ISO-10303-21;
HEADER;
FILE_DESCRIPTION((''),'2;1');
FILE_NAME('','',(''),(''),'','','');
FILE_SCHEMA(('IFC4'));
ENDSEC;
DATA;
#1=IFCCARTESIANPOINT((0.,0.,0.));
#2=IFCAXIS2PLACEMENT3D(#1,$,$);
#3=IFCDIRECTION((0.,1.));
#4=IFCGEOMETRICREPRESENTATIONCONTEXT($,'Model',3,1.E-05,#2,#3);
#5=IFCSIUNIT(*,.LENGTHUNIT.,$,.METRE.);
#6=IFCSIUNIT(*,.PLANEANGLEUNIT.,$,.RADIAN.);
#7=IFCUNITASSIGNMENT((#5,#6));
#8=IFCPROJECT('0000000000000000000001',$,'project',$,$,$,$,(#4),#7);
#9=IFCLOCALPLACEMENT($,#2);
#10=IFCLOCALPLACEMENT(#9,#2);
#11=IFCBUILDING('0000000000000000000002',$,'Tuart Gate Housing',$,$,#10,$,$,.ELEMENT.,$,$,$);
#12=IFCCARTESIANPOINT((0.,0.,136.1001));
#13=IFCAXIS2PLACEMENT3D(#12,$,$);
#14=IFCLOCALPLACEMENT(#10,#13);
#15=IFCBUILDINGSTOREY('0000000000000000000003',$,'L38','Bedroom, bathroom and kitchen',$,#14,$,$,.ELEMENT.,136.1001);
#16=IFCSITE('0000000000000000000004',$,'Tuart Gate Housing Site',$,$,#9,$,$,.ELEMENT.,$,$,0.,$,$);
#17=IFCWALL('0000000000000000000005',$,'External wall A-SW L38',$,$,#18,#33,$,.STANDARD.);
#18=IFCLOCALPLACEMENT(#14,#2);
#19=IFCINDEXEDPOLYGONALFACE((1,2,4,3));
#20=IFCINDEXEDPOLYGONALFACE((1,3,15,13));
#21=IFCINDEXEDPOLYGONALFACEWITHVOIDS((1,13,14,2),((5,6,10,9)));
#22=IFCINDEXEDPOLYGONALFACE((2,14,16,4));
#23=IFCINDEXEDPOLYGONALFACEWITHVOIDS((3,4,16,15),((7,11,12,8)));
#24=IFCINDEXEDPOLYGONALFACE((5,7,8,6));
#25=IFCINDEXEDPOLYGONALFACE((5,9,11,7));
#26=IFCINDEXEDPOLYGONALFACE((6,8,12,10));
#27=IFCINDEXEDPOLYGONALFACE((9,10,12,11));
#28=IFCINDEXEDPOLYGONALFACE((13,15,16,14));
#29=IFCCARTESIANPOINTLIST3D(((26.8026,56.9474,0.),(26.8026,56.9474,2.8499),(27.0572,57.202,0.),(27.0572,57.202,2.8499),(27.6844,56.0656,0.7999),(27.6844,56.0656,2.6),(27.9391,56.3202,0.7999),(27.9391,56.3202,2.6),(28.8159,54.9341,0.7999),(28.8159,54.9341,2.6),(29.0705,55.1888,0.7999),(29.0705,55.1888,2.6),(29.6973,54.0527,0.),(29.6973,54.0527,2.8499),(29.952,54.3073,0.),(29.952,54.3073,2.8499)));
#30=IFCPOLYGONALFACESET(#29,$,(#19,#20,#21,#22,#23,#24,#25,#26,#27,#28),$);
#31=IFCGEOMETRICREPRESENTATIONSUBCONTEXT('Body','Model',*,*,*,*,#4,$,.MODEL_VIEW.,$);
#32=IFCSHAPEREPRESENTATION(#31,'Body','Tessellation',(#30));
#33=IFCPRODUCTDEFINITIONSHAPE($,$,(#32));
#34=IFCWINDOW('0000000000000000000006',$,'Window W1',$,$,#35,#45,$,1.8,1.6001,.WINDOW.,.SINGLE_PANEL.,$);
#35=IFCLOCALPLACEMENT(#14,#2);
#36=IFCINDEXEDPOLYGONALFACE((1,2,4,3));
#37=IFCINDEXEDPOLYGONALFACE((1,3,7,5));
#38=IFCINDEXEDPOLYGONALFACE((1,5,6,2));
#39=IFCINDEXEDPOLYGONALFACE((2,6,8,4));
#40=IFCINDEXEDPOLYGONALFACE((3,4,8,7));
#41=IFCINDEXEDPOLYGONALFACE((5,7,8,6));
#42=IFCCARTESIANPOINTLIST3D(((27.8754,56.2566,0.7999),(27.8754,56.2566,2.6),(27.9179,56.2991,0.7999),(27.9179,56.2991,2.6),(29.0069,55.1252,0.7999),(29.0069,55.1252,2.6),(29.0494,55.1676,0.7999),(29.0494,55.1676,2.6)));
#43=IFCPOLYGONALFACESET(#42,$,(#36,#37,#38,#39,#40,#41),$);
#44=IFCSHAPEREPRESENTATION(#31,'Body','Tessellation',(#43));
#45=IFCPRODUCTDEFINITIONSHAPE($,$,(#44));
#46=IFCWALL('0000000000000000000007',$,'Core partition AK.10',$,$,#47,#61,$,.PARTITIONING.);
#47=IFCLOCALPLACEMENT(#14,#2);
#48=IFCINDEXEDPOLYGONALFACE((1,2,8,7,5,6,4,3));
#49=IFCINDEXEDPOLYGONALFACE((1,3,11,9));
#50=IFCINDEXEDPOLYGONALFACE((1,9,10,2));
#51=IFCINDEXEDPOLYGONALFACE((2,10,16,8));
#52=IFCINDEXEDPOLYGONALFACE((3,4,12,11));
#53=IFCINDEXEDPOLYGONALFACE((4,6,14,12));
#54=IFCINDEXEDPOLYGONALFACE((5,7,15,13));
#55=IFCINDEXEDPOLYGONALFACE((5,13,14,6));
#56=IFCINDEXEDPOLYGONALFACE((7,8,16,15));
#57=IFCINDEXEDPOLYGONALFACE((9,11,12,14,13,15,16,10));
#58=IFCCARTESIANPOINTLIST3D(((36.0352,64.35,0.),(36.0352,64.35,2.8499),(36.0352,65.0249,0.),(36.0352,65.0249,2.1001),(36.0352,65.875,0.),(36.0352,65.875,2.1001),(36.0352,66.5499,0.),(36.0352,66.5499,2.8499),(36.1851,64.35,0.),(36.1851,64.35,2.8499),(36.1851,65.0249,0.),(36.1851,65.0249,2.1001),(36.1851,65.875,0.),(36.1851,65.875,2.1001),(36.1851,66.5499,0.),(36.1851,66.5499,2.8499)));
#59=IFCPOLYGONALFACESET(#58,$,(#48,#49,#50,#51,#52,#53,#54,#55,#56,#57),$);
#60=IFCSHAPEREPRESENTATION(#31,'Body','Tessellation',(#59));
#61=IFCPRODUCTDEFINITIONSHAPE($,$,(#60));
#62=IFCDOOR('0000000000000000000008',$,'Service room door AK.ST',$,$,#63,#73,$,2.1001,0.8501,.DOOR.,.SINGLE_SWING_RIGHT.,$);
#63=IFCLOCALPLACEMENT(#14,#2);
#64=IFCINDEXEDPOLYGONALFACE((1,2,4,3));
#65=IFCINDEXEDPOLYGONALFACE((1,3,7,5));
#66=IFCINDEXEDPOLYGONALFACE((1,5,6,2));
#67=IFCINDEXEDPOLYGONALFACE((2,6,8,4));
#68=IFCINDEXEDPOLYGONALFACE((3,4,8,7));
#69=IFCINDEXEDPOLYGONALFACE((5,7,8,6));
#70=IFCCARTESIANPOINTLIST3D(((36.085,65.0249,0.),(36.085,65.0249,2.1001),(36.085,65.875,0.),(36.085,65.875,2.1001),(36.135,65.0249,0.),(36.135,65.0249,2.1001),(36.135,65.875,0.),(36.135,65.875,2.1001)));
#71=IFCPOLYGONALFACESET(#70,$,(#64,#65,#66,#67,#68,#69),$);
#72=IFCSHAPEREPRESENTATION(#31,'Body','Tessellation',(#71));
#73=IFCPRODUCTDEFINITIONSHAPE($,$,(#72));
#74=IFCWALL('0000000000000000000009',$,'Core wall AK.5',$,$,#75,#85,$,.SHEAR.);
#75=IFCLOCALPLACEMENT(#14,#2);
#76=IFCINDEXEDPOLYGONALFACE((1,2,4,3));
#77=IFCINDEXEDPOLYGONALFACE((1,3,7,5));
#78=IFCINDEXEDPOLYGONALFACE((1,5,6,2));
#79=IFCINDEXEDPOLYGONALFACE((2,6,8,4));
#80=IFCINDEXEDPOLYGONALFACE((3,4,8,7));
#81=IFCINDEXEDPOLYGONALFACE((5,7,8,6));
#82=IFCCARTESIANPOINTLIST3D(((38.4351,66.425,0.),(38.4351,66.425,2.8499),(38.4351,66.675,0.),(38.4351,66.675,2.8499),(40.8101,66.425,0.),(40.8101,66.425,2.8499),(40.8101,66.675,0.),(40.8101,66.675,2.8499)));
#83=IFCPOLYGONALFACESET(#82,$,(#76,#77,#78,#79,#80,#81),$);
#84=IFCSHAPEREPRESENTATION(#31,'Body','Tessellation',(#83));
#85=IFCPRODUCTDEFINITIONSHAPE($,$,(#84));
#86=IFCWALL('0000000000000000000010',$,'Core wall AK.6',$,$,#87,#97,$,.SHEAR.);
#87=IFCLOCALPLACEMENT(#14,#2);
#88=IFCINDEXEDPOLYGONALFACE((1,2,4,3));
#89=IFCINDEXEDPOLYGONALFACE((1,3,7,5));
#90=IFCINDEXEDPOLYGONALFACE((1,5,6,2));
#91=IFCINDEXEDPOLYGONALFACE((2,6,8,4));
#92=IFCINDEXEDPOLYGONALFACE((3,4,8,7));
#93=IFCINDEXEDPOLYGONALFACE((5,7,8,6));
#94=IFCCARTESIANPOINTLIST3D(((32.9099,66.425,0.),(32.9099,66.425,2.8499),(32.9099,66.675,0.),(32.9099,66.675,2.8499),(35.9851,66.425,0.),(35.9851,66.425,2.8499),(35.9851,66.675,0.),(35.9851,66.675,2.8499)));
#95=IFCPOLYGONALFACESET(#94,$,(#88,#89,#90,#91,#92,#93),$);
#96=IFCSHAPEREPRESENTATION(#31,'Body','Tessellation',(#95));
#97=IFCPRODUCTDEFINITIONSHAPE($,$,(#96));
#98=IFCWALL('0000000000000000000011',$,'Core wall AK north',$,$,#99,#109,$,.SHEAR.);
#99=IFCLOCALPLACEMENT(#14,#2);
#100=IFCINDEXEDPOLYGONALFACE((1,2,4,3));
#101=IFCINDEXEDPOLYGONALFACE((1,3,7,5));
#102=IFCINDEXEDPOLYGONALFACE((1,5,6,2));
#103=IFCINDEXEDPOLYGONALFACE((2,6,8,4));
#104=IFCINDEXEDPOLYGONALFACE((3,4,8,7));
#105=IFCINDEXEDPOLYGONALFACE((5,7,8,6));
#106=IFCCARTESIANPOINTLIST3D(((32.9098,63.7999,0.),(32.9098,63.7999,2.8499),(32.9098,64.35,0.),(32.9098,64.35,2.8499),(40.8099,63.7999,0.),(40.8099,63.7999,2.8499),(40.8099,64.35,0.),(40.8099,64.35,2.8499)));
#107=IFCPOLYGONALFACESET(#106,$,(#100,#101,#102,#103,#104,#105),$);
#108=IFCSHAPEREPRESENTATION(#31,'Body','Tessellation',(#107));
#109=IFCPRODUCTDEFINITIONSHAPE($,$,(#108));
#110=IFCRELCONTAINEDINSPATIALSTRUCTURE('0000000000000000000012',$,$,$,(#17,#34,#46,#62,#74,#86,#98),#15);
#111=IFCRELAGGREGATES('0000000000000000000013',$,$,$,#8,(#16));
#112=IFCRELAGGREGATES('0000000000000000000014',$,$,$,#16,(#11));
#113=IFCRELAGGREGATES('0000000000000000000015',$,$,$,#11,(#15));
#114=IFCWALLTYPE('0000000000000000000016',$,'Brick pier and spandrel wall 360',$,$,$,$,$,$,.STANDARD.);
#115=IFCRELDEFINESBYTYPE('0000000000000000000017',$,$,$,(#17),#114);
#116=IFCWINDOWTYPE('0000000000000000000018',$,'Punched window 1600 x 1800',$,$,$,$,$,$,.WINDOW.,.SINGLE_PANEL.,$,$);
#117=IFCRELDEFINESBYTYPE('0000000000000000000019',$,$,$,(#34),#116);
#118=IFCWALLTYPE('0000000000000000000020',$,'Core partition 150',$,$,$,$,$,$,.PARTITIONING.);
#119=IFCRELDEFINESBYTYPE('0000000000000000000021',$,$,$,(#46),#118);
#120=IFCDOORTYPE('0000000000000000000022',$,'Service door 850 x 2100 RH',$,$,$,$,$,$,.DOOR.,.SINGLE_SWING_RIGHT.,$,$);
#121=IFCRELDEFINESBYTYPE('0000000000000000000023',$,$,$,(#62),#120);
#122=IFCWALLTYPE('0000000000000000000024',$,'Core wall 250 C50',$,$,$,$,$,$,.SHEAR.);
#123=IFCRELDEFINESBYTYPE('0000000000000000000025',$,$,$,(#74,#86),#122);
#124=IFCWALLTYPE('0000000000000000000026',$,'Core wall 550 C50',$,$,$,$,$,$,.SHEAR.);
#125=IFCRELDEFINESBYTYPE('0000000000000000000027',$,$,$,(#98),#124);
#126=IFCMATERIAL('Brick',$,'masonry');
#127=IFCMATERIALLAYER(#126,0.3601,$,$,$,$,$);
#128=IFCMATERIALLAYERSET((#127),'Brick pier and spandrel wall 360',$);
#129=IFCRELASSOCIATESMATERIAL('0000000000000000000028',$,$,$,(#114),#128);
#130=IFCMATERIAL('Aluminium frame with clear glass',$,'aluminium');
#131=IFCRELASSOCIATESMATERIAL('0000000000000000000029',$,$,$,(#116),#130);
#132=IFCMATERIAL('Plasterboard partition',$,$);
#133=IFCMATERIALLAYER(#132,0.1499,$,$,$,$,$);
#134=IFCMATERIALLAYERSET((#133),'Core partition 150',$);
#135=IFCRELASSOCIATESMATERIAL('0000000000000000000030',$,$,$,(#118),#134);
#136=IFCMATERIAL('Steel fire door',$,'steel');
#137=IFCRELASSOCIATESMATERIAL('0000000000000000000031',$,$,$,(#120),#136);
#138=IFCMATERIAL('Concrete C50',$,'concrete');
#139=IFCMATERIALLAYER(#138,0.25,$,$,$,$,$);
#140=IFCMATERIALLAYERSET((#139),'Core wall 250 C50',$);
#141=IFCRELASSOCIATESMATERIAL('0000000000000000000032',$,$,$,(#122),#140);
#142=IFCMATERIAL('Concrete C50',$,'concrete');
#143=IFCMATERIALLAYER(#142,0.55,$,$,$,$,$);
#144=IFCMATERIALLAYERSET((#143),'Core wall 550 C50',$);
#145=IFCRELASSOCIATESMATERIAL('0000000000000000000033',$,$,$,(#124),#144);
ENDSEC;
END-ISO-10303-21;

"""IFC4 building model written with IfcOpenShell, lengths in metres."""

from ifc_helpers import new_model, si_unit, direction, frame, frame_2d, origin, place, context, subcontext, project, spatial, rectangle, extrude, material, layer, layer_set, type_object, element, fill, save


model = new_model("IFC4")

# Units and contexts
model_context = context("Model", 3, precision=1e-05, world=origin(), true_north=direction((0.0, 1.0)))
body_context = subcontext(model_context, "Body", "Model", "MODEL_VIEW")
ifc_project = project(units=[si_unit("LENGTHUNIT", "METRE"), si_unit("PLANEANGLEUNIT", "RADIAN")], contexts=[model_context])

# Site, building, storey
site_placement = place(None, origin())
site = spatial("IfcSite", under=ifc_project, at=site_placement, Name="Tuart Gate Housing Site", CompositionType="ELEMENT", RefElevation=0.0)
building_placement = place(site_placement, origin())
building = spatial("IfcBuilding", under=site, at=building_placement, Name="Tuart Gate Housing", CompositionType="ELEMENT")
storey_placement = place(building_placement, frame((0.0, 0.0, 136.1001)))
storey = spatial("IfcBuildingStorey", under=building, at=storey_placement, Name="L38", Description="Bedroom, bathroom and kitchen", CompositionType="ELEMENT", Elevation=136.1001)

# Wall, opening, window
ifc_material_1 = material(Name="Brick", Category="masonry")
ifc_layer_1 = layer(ifc_material_1, 0.3601)
ifc_layer_set_1 = layer_set([ifc_layer_1], Name="Brick pier and spandrel wall 360")
wall_type_1 = type_object("IfcWallType", Name="Brick pier and spandrel wall 360", PredefinedType="STANDARD", material=ifc_layer_set_1)
wall_1_placement = place(storey_placement, frame((26.9299, 57.0747, 0.0), z_axis=(0.0, 0.0, 1.0), x_axis=(0.707107, -0.707107, 0.0)))
wall_1 = element("IfcWall", 1, at=wall_1_placement, inside=storey, type_object=wall_type_1, Name="External wall A-SW L38", PredefinedType="STANDARD", context=body_context, shape_type="SweptSolid", body=[
    extrude(rectangle(XDim=4.0938, YDim=0.3601, at=frame_2d((2.0469, 0.0))), origin(), (0.0, 0.0, 1.0), 2.8499),
])
opening_1_placement = place(wall_1_placement, frame((1.2471, 0.0, 0.8)))
opening_1 = element("IfcOpeningElement", 2, at=opening_1_placement, cuts=wall_1, PredefinedType="OPENING", context=body_context, shape_type="SweptSolid", body=[
    extrude(rectangle(XDim=1.6001, YDim=1.8, at=frame_2d((0.8, 0.8999))), frame((0.0, 0.1899, 0.0), z_axis=(0.0, -1.0, 0.0), x_axis=(1.0, 0.0, 0.0)), (0.0, 0.0, 1.0), 0.3801),
])
ifc_material_2 = material(Name="Aluminium frame with clear glass", Category="aluminium")
window_type = type_object("IfcWindowType", Name="Punched window 1600 x 1800", PartitioningType="SINGLE_PANEL", PredefinedType="WINDOW", material=ifc_material_2)
window_placement = place(opening_1_placement, origin())
window = element("IfcWindow", 3, at=window_placement, inside=storey, type_object=window_type, Name="Window W1", OverallHeight=1.8, OverallWidth=1.6001, PartitioningType="SINGLE_PANEL", PredefinedType="WINDOW", context=body_context, shape_type="SweptSolid", body=[
    extrude(rectangle(XDim=1.6001, YDim=1.8, at=frame_2d((0.8, 0.8999))), frame((0.0, 0.1501, 0.0), z_axis=(0.0, -1.0, 0.0), x_axis=(1.0, 0.0, 0.0)), (0.0, 0.0, 1.0), 0.0601),
])
fill(opening_1, window)

# Wall, opening, door
ifc_material_3 = material(Name="Plasterboard partition")
ifc_layer_2 = layer(ifc_material_3, 0.1499)
ifc_layer_set_2 = layer_set([ifc_layer_2], Name="Core partition 150")
wall_type_2 = type_object("IfcWallType", Name="Core partition 150", PredefinedType="PARTITIONING", material=ifc_layer_set_2)
wall_2_placement = place(storey_placement, frame((36.1101, 66.55, 0.0), z_axis=(0.0, 0.0, 1.0), x_axis=(0.0, -1.0, 0.0)))
wall_2 = element("IfcWall", 4, at=wall_2_placement, inside=storey, type_object=wall_type_2, Name="Core partition AK.10", PredefinedType="PARTITIONING", context=body_context, shape_type="SweptSolid", body=[
    extrude(rectangle(XDim=2.2, YDim=0.1499, at=frame_2d((1.1001, 0.0))), origin(), (0.0, 0.0, 1.0), 2.8499),
])
opening_2_placement = place(wall_2_placement, frame((0.675, 0.0, 0.0)))
opening_2 = element("IfcOpeningElement", 5, at=opening_2_placement, cuts=wall_2, PredefinedType="OPENING", context=body_context, shape_type="SweptSolid", body=[
    extrude(rectangle(XDim=0.8501, YDim=2.1001, at=frame_2d((0.425, 1.05))), frame((0.0, 0.085, 0.0), z_axis=(0.0, -1.0, 0.0), x_axis=(1.0, 0.0, 0.0)), (0.0, 0.0, 1.0), 0.1699),
])
ifc_material_4 = material(Name="Steel fire door", Category="steel")
door_type_1 = type_object("IfcDoorType", Name="Service door 850 x 2100 RH", OperationType="SINGLE_SWING_RIGHT", PredefinedType="DOOR", material=ifc_material_4)
door_1_placement = place(opening_2_placement, frame((0.8501, 0.0, 0.0), z_axis=(0.0, 0.0, 1.0), x_axis=(-1.0, 0.0, 0.0)))
door_1 = element("IfcDoor", 6, at=door_1_placement, inside=storey, type_object=door_type_1, Name="Service room door AK.ST", OperationType="SINGLE_SWING_RIGHT", OverallHeight=2.1001, OverallWidth=0.8501, PredefinedType="DOOR", context=body_context, shape_type="SweptSolid", body=[
    extrude(rectangle(XDim=0.8501, YDim=2.1001, at=frame_2d((0.425, 1.05))), frame((0.0, 0.0251, 0.0), z_axis=(0.0, -1.0, 0.0), x_axis=(1.0, 0.0, 0.0)), (0.0, 0.0, 1.0), 0.05),
])
fill(opening_2, door_1)

# Walls
ifc_material_5 = material(Name="Concrete C50", Category="concrete")
ifc_layer_3 = layer(ifc_material_5, 0.25)
ifc_layer_set_3 = layer_set([ifc_layer_3], Name="Core wall 250 C50")
wall_type_3 = type_object("IfcWallType", Name="Core wall 250 C50", PredefinedType="SHEAR", material=ifc_layer_set_3)
wall_3_placement = place(storey_placement, frame((40.8101, 66.55, 0.0), z_axis=(0.0, 0.0, 1.0), x_axis=(-1.0, 0.0, 0.0)))
element("IfcWall", 7, at=wall_3_placement, inside=storey, type_object=wall_type_3, Name="Core wall AK.5", PredefinedType="SHEAR", context=body_context, shape_type="SweptSolid", body=[
    extrude(rectangle(XDim=2.375, YDim=0.25, at=frame_2d((1.1875, 0.0))), origin(), (0.0, 0.0, 1.0), 2.8499),
])
wall_4_placement = place(storey_placement, frame((35.9851, 66.55, 0.0), z_axis=(0.0, 0.0, 1.0), x_axis=(-1.0, 0.0, 0.0)))
element("IfcWall", 8, at=wall_4_placement, inside=storey, type_object=wall_type_3, Name="Core wall AK.6", PredefinedType="SHEAR", context=body_context, shape_type="SweptSolid", body=[
    extrude(rectangle(XDim=3.0752, YDim=0.25, at=frame_2d((1.5376, 0.0))), origin(), (0.0, 0.0, 1.0), 2.8499),
])
ifc_material_6 = material(Name="Concrete C50", Category="concrete")
ifc_layer_4 = layer(ifc_material_6, 0.55)
ifc_layer_set_4 = layer_set([ifc_layer_4], Name="Core wall 550 C50")
wall_type_4 = type_object("IfcWallType", Name="Core wall 550 C50", PredefinedType="SHEAR", material=ifc_layer_set_4)
wall_5_placement = place(storey_placement, frame((40.8101, 64.075, 0.0), z_axis=(0.0, 0.0, 1.0), x_axis=(-1.0, 0.0, 0.0)))
element("IfcWall", 9, at=wall_5_placement, inside=storey, type_object=wall_type_4, Name="Core wall AK north", PredefinedType="SHEAR", context=body_context, shape_type="SweptSolid", body=[
    extrude(rectangle(XDim=7.9001, YDim=0.55, at=frame_2d((3.9502, 0.0))), origin(), (0.0, 0.0, 1.0), 2.8499),
])

save(model, "model.ifc")
